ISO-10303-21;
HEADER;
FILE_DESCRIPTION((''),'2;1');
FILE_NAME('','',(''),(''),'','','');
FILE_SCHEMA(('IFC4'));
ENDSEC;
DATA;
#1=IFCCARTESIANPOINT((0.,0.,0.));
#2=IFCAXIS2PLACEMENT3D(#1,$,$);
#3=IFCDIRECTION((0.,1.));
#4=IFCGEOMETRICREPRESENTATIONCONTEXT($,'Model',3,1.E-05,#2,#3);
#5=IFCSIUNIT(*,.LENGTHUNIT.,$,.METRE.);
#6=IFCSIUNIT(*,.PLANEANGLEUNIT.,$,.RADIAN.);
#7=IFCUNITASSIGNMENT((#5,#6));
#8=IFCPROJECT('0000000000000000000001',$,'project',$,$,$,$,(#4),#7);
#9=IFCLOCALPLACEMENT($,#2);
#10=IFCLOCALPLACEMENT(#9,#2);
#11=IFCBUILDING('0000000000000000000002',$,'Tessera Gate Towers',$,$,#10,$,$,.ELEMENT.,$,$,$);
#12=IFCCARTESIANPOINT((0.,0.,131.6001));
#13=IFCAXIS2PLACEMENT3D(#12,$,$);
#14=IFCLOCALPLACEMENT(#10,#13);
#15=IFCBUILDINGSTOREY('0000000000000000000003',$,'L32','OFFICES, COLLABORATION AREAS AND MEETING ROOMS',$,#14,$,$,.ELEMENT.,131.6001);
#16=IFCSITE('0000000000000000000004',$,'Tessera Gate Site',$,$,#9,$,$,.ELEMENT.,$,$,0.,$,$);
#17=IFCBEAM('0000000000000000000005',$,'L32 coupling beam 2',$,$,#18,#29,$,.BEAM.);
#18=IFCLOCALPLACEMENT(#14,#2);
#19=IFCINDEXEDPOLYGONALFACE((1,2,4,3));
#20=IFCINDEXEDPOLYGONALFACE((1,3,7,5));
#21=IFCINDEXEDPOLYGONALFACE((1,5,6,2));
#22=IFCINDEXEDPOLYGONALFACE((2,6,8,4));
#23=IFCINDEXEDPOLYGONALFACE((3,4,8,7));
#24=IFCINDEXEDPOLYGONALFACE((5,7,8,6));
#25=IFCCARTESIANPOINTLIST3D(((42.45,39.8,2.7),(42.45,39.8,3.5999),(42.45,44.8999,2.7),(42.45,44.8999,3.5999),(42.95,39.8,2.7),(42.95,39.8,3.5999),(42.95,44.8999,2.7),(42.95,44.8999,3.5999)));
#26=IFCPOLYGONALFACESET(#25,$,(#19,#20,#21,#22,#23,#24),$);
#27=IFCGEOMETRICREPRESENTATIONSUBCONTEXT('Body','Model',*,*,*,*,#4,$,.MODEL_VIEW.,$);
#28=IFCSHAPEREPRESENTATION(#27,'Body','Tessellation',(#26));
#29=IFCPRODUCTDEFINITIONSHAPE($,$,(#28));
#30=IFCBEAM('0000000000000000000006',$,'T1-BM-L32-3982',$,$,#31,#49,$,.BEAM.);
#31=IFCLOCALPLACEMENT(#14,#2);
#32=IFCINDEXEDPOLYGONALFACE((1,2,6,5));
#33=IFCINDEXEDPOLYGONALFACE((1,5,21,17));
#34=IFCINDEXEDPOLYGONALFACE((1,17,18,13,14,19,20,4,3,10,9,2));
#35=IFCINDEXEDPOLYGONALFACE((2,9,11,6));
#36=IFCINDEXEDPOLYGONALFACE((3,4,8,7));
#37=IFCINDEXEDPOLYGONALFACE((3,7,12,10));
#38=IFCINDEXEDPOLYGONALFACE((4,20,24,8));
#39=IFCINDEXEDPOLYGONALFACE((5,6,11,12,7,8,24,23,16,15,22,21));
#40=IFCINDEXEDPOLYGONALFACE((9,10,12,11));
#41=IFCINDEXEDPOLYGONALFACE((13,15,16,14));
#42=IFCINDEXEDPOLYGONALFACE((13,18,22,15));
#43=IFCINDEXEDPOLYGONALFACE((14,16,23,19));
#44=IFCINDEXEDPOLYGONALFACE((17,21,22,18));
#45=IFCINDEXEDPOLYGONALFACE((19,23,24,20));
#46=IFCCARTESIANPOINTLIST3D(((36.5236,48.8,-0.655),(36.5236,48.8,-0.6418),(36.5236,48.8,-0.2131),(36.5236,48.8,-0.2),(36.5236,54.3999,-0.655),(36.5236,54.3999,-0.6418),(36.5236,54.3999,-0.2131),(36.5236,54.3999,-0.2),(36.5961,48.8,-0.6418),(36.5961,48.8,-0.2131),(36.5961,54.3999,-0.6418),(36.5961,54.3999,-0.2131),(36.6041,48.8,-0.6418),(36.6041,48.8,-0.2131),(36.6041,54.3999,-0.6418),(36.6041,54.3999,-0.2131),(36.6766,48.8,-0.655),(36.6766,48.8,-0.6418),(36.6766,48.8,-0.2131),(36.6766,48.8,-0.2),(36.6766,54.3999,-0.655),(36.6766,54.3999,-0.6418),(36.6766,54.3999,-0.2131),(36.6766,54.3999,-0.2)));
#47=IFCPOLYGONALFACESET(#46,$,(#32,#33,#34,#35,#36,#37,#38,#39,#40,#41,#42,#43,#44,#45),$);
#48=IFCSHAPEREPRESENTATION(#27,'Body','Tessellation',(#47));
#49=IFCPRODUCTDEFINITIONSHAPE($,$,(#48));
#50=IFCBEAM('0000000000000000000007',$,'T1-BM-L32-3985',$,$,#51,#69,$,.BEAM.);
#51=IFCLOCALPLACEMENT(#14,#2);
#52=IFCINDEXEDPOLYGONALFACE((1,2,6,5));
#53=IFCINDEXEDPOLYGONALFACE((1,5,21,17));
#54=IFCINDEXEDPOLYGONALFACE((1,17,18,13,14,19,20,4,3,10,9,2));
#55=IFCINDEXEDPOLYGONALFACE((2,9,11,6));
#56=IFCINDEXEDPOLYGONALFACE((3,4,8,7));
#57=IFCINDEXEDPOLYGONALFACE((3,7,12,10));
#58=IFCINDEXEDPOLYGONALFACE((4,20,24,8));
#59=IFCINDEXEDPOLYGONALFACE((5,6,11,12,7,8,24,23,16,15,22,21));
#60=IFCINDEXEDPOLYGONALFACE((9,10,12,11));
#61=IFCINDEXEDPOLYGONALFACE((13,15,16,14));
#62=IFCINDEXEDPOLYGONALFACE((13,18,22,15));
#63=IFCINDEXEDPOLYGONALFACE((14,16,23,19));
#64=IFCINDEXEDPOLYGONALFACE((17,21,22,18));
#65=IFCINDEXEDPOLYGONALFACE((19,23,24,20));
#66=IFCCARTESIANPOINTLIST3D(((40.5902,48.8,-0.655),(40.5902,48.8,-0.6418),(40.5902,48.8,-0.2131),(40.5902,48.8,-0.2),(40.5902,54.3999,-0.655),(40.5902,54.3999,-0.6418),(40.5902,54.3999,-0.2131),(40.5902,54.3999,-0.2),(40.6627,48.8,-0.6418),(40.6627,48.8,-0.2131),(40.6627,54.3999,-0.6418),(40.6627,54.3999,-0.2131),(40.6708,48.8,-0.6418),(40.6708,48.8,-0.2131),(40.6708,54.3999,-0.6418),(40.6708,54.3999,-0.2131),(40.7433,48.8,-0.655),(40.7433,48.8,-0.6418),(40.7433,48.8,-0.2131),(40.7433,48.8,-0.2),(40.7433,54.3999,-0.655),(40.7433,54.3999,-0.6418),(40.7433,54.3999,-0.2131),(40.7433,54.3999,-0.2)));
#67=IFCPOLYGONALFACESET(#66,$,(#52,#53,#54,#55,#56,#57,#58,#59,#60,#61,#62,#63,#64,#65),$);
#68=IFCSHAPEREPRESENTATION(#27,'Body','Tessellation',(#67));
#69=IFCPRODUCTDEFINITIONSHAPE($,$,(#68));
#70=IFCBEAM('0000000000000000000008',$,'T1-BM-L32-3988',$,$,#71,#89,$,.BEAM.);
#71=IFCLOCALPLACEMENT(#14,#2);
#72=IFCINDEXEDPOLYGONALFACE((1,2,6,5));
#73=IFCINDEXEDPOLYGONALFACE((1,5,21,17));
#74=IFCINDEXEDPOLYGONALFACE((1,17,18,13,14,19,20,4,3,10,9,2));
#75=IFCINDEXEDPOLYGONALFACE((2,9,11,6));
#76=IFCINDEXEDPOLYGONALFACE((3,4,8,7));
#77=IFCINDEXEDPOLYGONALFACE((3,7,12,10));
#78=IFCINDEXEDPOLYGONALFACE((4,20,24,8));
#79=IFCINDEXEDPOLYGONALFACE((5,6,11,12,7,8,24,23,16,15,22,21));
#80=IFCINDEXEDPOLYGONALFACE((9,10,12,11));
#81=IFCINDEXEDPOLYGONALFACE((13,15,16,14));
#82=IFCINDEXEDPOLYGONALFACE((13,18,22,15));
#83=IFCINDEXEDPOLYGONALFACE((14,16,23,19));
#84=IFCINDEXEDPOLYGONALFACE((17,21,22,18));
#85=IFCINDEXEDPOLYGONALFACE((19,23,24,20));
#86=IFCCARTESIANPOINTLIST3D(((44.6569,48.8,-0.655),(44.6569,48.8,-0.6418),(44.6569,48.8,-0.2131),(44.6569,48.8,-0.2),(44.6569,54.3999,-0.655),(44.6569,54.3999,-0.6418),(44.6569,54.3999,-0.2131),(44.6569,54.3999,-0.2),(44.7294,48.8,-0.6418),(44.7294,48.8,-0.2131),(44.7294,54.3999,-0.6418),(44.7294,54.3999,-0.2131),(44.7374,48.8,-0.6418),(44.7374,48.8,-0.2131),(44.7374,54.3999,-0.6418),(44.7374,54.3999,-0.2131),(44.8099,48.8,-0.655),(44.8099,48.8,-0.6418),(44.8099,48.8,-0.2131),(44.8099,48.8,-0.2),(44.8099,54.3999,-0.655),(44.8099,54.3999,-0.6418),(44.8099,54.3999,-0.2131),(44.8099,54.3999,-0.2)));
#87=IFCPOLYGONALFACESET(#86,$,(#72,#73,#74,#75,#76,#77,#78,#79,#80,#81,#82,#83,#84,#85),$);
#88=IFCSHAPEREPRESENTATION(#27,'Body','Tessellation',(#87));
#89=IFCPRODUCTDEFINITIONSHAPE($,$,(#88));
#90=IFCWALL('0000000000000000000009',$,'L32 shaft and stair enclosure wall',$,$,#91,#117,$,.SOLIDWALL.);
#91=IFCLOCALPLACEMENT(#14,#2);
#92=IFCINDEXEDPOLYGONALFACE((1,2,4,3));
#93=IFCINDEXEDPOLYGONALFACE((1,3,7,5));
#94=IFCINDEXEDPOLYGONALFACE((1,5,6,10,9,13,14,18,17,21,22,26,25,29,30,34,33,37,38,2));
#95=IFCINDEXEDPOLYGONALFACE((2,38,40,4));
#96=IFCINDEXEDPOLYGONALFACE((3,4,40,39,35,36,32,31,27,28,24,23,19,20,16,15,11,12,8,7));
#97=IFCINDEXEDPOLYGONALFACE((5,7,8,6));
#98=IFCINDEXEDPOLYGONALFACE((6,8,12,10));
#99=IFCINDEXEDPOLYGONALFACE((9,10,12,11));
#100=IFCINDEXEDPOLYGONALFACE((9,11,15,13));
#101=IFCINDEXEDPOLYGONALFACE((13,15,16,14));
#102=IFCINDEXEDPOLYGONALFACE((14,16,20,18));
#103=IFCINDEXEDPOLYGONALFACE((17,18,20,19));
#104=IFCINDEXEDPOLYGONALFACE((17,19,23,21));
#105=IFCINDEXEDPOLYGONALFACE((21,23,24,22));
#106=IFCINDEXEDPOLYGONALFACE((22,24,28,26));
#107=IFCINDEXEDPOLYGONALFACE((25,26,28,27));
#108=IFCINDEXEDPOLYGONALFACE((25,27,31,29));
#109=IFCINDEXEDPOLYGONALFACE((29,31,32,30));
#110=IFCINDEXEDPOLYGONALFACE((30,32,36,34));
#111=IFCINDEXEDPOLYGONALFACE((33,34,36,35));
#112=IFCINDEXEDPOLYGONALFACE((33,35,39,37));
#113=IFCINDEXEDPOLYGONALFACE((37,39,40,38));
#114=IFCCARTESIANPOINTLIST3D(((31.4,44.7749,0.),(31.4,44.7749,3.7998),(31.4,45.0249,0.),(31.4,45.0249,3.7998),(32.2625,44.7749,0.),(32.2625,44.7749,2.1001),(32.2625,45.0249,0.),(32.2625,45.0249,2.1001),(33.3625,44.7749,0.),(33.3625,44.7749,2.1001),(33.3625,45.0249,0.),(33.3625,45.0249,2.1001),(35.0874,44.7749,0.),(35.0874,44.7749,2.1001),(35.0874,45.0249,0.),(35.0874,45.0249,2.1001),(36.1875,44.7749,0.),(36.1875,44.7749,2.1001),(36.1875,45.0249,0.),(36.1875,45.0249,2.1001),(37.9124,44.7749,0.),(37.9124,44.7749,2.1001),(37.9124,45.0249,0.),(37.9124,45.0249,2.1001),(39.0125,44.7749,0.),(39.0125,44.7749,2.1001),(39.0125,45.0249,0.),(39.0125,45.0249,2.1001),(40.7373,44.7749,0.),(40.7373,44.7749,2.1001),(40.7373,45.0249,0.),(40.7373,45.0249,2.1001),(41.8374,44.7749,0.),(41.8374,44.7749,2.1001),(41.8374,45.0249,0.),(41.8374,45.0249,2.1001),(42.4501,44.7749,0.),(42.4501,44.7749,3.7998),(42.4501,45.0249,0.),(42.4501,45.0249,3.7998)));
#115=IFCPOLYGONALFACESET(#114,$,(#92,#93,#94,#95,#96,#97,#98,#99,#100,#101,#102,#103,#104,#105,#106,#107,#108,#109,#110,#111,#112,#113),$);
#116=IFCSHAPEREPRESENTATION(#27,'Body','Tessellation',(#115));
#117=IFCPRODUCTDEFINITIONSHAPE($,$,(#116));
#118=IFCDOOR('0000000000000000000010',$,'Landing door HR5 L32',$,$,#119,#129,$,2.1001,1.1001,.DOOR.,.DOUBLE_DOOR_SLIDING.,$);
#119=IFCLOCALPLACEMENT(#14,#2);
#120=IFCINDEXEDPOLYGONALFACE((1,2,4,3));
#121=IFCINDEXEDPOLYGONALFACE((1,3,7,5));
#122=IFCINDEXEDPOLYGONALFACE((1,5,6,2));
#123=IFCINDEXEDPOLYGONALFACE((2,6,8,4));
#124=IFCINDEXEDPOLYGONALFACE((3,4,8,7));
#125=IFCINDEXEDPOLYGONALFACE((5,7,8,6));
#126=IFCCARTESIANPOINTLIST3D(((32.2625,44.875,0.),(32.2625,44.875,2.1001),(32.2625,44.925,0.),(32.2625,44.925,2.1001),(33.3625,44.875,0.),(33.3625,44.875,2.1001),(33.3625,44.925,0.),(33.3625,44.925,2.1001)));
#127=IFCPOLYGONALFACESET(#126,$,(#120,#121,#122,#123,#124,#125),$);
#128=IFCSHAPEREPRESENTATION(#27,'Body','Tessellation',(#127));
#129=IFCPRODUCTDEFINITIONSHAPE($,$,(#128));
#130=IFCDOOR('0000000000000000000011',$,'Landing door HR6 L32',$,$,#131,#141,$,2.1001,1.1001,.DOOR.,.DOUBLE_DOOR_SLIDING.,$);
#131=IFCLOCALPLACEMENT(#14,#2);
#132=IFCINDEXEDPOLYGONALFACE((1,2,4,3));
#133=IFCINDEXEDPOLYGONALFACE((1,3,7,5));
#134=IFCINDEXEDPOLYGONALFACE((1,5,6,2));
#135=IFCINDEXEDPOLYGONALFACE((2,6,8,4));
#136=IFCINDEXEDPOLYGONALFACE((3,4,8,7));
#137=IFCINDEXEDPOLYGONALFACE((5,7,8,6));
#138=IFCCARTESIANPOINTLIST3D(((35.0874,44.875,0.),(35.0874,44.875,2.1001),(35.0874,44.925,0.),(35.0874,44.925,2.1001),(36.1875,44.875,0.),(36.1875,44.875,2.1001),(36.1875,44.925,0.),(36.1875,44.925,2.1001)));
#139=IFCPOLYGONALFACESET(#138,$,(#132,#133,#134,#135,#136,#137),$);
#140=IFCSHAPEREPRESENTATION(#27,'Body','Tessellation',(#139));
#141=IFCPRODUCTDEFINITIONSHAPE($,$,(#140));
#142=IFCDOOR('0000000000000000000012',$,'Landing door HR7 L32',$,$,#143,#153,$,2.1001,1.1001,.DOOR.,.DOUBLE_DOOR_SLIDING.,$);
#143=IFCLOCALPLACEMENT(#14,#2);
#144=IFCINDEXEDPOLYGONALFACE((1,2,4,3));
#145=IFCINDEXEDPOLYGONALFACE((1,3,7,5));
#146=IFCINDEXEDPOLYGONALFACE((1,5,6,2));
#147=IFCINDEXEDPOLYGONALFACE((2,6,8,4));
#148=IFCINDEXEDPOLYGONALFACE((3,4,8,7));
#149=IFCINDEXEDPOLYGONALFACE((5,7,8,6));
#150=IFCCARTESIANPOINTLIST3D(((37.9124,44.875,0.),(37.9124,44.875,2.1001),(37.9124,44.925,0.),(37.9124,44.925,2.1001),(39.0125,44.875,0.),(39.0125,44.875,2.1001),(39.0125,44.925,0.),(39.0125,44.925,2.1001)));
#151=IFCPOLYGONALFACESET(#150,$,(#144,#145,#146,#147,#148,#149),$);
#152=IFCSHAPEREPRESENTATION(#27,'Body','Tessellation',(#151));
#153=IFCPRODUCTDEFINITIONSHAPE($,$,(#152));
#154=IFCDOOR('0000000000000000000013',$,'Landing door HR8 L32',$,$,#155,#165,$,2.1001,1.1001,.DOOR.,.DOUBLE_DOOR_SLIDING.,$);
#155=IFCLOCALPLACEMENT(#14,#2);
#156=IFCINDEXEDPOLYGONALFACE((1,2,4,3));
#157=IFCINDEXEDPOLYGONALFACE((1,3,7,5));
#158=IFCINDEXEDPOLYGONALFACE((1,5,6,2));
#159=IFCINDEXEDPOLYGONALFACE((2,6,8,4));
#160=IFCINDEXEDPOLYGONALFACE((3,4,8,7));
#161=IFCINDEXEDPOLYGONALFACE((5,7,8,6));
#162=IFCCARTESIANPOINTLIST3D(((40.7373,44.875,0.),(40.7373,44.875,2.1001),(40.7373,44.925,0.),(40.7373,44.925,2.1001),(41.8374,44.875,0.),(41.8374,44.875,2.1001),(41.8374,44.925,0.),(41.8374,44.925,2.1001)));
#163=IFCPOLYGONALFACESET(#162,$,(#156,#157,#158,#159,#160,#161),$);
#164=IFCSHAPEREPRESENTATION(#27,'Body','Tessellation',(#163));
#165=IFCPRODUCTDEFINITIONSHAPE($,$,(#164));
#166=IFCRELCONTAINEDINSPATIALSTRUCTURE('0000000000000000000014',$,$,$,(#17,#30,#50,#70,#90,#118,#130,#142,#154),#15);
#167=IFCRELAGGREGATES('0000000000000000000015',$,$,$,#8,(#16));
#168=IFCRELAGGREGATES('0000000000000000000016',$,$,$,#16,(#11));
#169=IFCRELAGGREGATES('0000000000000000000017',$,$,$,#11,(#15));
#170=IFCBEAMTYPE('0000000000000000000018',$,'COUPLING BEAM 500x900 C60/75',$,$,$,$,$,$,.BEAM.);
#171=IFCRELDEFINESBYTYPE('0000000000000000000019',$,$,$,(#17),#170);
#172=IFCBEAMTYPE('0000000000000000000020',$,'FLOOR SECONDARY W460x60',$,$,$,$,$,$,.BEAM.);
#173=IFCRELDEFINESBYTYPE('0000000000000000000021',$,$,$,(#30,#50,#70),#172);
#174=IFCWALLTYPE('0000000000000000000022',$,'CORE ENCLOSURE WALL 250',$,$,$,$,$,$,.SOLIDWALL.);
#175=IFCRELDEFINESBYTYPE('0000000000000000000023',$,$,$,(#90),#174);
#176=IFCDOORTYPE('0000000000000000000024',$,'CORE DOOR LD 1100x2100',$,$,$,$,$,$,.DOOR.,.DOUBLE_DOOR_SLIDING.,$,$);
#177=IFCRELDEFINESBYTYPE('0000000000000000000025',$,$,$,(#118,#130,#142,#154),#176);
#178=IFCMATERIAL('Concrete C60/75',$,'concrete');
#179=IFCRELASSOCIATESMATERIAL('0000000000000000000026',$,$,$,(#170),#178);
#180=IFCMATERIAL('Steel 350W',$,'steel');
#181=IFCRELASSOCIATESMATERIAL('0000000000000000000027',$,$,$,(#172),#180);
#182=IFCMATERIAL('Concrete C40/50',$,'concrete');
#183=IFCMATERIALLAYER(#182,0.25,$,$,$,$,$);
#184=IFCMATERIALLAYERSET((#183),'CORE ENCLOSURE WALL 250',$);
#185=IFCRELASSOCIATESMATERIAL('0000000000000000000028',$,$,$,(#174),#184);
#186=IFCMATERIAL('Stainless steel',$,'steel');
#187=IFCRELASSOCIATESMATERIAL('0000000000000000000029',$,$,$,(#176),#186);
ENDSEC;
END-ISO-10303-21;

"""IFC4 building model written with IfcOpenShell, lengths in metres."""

from ifc_helpers import new_model, si_unit, direction, frame, frame_2d, origin, origin_2d, place, context, subcontext, project, spatial, rectangle, i_section, extrude, source, transform, mapped, material, layer, layer_set, material_profile, profile_set, type_object, element, fill, save


model = new_model("IFC4")

# Units and contexts
model_context = context("Model", 3, precision=1e-05, world=origin(), true_north=direction((0.0, 1.0)))
body_context = subcontext(model_context, "Body", "Model", "MODEL_VIEW")
ifc_project = project(units=[si_unit("LENGTHUNIT", "METRE"), si_unit("PLANEANGLEUNIT", "RADIAN")], contexts=[model_context])

# Site, building, storey
site_placement = place(None, origin())
site = spatial("IfcSite", under=ifc_project, at=site_placement, Name="Tessera Gate Site", CompositionType="ELEMENT", RefElevation=0.0)
building_placement = place(site_placement, origin())
building = spatial("IfcBuilding", under=site, at=building_placement, Name="Tessera Gate Towers", CompositionType="ELEMENT")
storey_placement = place(building_placement, frame((0.0, 0.0, 131.6001)))
storey = spatial("IfcBuildingStorey", under=building, at=storey_placement, Name="L32", Description="OFFICES, COLLABORATION AREAS AND MEETING ROOMS", CompositionType="ELEMENT", Elevation=131.6001)

# Beams
ifc_material_1 = material(Name="Concrete C60/75", Category="concrete")
ifc_material_profile_1 = material_profile(ifc_material_1, rectangle(XDim=0.5, YDim=0.8999, at=origin_2d()), Name="RC 500x900")
ifc_profile_set_1 = profile_set([ifc_material_profile_1], Name="Concrete C60/75")
beam_type_1 = type_object("IfcBeamType", Name="COUPLING BEAM 500x900 C60/75", PredefinedType="BEAM", material=ifc_profile_set_1)
beam_placement = place(storey_placement, frame((42.7, 39.8, 3.1499), z_axis=(0.0, 1.0, 0.0), x_axis=(-1.0, 0.0, 0.0)))
element("IfcBeam", 1, at=beam_placement, inside=storey, type_object=beam_type_1, Name="L32 coupling beam 2", PredefinedType="BEAM", context=body_context, shape_type="SweptSolid", body=[
    extrude(rectangle(XDim=0.5, YDim=0.8999, at=origin_2d()), origin(), (0.0, 0.0, 1.0), 5.0999),
])
ifc_material_2 = material(Name="Steel 350W", Category="steel")
ifc_material_profile_2 = material_profile(ifc_material_2, i_section(OverallWidth=0.1531, OverallDepth=0.4551, WebThickness=0.0081, FlangeThickness=0.0132, at=origin_2d()), Name="W460x60")
ifc_profile_set_2 = profile_set([ifc_material_profile_2], Name="Steel 350W")
beam_type_2 = type_object("IfcBeamType", Name="FLOOR SECONDARY W460x60", PredefinedType="BEAM", material=ifc_profile_set_2)
for number, where, z_axis, x_axis, name in (
    (2, (36.6001, 48.8, -0.4275), (0.0, 1.0, 0.0), (-1.0, 0.0, 0.0), "T1-BM-L32-3982"),
    (3, (40.6667, 48.8, -0.4275), (0.0, 1.0, 0.0), (-1.0, 0.0, 0.0), "T1-BM-L32-3985"),
    (4, (44.7334, 48.8, -0.4275), (0.0, 1.0, 0.0), (-1.0, 0.0, 0.0), "T1-BM-L32-3988"),
):
    element("IfcBeam", number, at=place(storey_placement, frame(where, z_axis=z_axis, x_axis=x_axis)), inside=storey, type_object=beam_type_2, Name=name, PredefinedType="BEAM", context=body_context, shape_type="SweptSolid", body=[
        extrude(i_section(OverallWidth=0.1531, OverallDepth=0.4551, WebThickness=0.0081, FlangeThickness=0.0132, at=origin_2d()), origin(), (0.0, 0.0, 1.0), 5.5999),
    ])

# Wall, openings, doors
ifc_material_3 = material(Name="Concrete C40/50", Category="concrete")
ifc_layer_1 = layer(ifc_material_3, 0.25)
ifc_layer_set_1 = layer_set([ifc_layer_1], Name="CORE ENCLOSURE WALL 250")
wall_type_1 = type_object("IfcWallType", Name="CORE ENCLOSURE WALL 250", PredefinedType="SOLIDWALL", material=ifc_layer_set_1)
wall_1_placement = place(storey_placement, frame((42.45, 44.8999, 0.0), z_axis=(0.0, 0.0, 1.0), x_axis=(-1.0, 0.0, 0.0)))
wall_1 = element("IfcWall", 5, at=wall_1_placement, inside=storey, type_object=wall_type_1, Name="L32 shaft and stair enclosure wall", PredefinedType="SOLIDWALL", context=body_context, shape_type="SweptSolid", body=[
    extrude(rectangle(XDim=11.05, YDim=0.25, at=frame_2d((5.5249, 0.0))), origin(), (0.0, 0.0, 1.0), 3.7998),
])
shared_shape_1 = source(origin(), body_context, "Body", "SweptSolid", [
    extrude(rectangle(XDim=1.1001, YDim=2.1001, at=frame_2d((0.55, 1.05))), frame((0.0, 0.135, 0.0), z_axis=(0.0, -1.0, 0.0), x_axis=(1.0, 0.0, 0.0)), (0.0, 0.0, 1.0), 0.27),
])
opening_1_placement = place(wall_1_placement, frame((9.0874, 0.0, 0.0)))
opening_1 = element("IfcOpeningElement", 6, at=opening_1_placement, cuts=wall_1, PredefinedType="OPENING", context=body_context, shape_type="MappedRepresentation", body=[
    mapped(shared_shape_1, transform((0.0, 0.0, 0.0), scale=1.0)),
])
opening_2_placement = place(wall_1_placement, frame((6.2625, 0.0, 0.0)))
opening_2 = element("IfcOpeningElement", 7, at=opening_2_placement, cuts=wall_1, PredefinedType="OPENING", context=body_context, shape_type="MappedRepresentation", body=[
    mapped(shared_shape_1, transform((0.0, 0.0, 0.0), scale=1.0)),
])
opening_3_placement = place(wall_1_placement, frame((3.4375, 0.0, 0.0)))
opening_3 = element("IfcOpeningElement", 8, at=opening_3_placement, cuts=wall_1, PredefinedType="OPENING", context=body_context, shape_type="MappedRepresentation", body=[
    mapped(shared_shape_1, transform((0.0, 0.0, 0.0), scale=1.0)),
])
opening_4_placement = place(wall_1_placement, frame((0.6125, 0.0, 0.0)))
opening_4 = element("IfcOpeningElement", 9, at=opening_4_placement, cuts=wall_1, PredefinedType="OPENING", context=body_context, shape_type="MappedRepresentation", body=[
    mapped(shared_shape_1, transform((0.0, 0.0, 0.0), scale=1.0)),
])
ifc_material_4 = material(Name="Stainless steel", Category="steel")
door_type_1 = type_object("IfcDoorType", Name="CORE DOOR LD 1100x2100", OperationType="DOUBLE_DOOR_SLIDING", PredefinedType="DOOR", material=ifc_material_4)
shared_shape_2 = source(origin(), body_context, "Body", "SweptSolid", [
    extrude(rectangle(XDim=1.1001, YDim=2.1001, at=frame_2d((0.55, 1.05))), frame((0.0, 0.0249, 0.0), z_axis=(0.0, -1.0, 0.0), x_axis=(1.0, 0.0, 0.0)), (0.0, 0.0, 1.0), 0.05),
])
door_1_placement = place(opening_1_placement, origin())
door_1 = element("IfcDoor", 10, at=door_1_placement, inside=storey, type_object=door_type_1, Name="Landing door HR5 L32", OperationType="DOUBLE_DOOR_SLIDING", OverallHeight=2.1001, OverallWidth=1.1001, PredefinedType="DOOR", context=body_context, shape_type="MappedRepresentation", body=[
    mapped(shared_shape_2, transform((0.0, 0.0, 0.0), scale=1.0)),
])
fill(opening_1, door_1)
door_2_placement = place(opening_2_placement, origin())
door_2 = element("IfcDoor", 11, at=door_2_placement, inside=storey, type_object=door_type_1, Name="Landing door HR6 L32", OperationType="DOUBLE_DOOR_SLIDING", OverallHeight=2.1001, OverallWidth=1.1001, PredefinedType="DOOR", context=body_context, shape_type="MappedRepresentation", body=[
    mapped(shared_shape_2, transform((0.0, 0.0, 0.0), scale=1.0)),
])
fill(opening_2, door_2)
door_3_placement = place(opening_3_placement, origin())
door_3 = element("IfcDoor", 12, at=door_3_placement, inside=storey, type_object=door_type_1, Name="Landing door HR7 L32", OperationType="DOUBLE_DOOR_SLIDING", OverallHeight=2.1001, OverallWidth=1.1001, PredefinedType="DOOR", context=body_context, shape_type="MappedRepresentation", body=[
    mapped(shared_shape_2, transform((0.0, 0.0, 0.0), scale=1.0)),
])
fill(opening_3, door_3)
door_4_placement = place(opening_4_placement, origin())
door_4 = element("IfcDoor", 13, at=door_4_placement, inside=storey, type_object=door_type_1, Name="Landing door HR8 L32", OperationType="DOUBLE_DOOR_SLIDING", OverallHeight=2.1001, OverallWidth=1.1001, PredefinedType="DOOR", context=body_context, shape_type="MappedRepresentation", body=[
    mapped(shared_shape_2, transform((0.0, 0.0, 0.0), scale=1.0)),
])
fill(opening_4, door_4)

save(model, "model.ifc")
